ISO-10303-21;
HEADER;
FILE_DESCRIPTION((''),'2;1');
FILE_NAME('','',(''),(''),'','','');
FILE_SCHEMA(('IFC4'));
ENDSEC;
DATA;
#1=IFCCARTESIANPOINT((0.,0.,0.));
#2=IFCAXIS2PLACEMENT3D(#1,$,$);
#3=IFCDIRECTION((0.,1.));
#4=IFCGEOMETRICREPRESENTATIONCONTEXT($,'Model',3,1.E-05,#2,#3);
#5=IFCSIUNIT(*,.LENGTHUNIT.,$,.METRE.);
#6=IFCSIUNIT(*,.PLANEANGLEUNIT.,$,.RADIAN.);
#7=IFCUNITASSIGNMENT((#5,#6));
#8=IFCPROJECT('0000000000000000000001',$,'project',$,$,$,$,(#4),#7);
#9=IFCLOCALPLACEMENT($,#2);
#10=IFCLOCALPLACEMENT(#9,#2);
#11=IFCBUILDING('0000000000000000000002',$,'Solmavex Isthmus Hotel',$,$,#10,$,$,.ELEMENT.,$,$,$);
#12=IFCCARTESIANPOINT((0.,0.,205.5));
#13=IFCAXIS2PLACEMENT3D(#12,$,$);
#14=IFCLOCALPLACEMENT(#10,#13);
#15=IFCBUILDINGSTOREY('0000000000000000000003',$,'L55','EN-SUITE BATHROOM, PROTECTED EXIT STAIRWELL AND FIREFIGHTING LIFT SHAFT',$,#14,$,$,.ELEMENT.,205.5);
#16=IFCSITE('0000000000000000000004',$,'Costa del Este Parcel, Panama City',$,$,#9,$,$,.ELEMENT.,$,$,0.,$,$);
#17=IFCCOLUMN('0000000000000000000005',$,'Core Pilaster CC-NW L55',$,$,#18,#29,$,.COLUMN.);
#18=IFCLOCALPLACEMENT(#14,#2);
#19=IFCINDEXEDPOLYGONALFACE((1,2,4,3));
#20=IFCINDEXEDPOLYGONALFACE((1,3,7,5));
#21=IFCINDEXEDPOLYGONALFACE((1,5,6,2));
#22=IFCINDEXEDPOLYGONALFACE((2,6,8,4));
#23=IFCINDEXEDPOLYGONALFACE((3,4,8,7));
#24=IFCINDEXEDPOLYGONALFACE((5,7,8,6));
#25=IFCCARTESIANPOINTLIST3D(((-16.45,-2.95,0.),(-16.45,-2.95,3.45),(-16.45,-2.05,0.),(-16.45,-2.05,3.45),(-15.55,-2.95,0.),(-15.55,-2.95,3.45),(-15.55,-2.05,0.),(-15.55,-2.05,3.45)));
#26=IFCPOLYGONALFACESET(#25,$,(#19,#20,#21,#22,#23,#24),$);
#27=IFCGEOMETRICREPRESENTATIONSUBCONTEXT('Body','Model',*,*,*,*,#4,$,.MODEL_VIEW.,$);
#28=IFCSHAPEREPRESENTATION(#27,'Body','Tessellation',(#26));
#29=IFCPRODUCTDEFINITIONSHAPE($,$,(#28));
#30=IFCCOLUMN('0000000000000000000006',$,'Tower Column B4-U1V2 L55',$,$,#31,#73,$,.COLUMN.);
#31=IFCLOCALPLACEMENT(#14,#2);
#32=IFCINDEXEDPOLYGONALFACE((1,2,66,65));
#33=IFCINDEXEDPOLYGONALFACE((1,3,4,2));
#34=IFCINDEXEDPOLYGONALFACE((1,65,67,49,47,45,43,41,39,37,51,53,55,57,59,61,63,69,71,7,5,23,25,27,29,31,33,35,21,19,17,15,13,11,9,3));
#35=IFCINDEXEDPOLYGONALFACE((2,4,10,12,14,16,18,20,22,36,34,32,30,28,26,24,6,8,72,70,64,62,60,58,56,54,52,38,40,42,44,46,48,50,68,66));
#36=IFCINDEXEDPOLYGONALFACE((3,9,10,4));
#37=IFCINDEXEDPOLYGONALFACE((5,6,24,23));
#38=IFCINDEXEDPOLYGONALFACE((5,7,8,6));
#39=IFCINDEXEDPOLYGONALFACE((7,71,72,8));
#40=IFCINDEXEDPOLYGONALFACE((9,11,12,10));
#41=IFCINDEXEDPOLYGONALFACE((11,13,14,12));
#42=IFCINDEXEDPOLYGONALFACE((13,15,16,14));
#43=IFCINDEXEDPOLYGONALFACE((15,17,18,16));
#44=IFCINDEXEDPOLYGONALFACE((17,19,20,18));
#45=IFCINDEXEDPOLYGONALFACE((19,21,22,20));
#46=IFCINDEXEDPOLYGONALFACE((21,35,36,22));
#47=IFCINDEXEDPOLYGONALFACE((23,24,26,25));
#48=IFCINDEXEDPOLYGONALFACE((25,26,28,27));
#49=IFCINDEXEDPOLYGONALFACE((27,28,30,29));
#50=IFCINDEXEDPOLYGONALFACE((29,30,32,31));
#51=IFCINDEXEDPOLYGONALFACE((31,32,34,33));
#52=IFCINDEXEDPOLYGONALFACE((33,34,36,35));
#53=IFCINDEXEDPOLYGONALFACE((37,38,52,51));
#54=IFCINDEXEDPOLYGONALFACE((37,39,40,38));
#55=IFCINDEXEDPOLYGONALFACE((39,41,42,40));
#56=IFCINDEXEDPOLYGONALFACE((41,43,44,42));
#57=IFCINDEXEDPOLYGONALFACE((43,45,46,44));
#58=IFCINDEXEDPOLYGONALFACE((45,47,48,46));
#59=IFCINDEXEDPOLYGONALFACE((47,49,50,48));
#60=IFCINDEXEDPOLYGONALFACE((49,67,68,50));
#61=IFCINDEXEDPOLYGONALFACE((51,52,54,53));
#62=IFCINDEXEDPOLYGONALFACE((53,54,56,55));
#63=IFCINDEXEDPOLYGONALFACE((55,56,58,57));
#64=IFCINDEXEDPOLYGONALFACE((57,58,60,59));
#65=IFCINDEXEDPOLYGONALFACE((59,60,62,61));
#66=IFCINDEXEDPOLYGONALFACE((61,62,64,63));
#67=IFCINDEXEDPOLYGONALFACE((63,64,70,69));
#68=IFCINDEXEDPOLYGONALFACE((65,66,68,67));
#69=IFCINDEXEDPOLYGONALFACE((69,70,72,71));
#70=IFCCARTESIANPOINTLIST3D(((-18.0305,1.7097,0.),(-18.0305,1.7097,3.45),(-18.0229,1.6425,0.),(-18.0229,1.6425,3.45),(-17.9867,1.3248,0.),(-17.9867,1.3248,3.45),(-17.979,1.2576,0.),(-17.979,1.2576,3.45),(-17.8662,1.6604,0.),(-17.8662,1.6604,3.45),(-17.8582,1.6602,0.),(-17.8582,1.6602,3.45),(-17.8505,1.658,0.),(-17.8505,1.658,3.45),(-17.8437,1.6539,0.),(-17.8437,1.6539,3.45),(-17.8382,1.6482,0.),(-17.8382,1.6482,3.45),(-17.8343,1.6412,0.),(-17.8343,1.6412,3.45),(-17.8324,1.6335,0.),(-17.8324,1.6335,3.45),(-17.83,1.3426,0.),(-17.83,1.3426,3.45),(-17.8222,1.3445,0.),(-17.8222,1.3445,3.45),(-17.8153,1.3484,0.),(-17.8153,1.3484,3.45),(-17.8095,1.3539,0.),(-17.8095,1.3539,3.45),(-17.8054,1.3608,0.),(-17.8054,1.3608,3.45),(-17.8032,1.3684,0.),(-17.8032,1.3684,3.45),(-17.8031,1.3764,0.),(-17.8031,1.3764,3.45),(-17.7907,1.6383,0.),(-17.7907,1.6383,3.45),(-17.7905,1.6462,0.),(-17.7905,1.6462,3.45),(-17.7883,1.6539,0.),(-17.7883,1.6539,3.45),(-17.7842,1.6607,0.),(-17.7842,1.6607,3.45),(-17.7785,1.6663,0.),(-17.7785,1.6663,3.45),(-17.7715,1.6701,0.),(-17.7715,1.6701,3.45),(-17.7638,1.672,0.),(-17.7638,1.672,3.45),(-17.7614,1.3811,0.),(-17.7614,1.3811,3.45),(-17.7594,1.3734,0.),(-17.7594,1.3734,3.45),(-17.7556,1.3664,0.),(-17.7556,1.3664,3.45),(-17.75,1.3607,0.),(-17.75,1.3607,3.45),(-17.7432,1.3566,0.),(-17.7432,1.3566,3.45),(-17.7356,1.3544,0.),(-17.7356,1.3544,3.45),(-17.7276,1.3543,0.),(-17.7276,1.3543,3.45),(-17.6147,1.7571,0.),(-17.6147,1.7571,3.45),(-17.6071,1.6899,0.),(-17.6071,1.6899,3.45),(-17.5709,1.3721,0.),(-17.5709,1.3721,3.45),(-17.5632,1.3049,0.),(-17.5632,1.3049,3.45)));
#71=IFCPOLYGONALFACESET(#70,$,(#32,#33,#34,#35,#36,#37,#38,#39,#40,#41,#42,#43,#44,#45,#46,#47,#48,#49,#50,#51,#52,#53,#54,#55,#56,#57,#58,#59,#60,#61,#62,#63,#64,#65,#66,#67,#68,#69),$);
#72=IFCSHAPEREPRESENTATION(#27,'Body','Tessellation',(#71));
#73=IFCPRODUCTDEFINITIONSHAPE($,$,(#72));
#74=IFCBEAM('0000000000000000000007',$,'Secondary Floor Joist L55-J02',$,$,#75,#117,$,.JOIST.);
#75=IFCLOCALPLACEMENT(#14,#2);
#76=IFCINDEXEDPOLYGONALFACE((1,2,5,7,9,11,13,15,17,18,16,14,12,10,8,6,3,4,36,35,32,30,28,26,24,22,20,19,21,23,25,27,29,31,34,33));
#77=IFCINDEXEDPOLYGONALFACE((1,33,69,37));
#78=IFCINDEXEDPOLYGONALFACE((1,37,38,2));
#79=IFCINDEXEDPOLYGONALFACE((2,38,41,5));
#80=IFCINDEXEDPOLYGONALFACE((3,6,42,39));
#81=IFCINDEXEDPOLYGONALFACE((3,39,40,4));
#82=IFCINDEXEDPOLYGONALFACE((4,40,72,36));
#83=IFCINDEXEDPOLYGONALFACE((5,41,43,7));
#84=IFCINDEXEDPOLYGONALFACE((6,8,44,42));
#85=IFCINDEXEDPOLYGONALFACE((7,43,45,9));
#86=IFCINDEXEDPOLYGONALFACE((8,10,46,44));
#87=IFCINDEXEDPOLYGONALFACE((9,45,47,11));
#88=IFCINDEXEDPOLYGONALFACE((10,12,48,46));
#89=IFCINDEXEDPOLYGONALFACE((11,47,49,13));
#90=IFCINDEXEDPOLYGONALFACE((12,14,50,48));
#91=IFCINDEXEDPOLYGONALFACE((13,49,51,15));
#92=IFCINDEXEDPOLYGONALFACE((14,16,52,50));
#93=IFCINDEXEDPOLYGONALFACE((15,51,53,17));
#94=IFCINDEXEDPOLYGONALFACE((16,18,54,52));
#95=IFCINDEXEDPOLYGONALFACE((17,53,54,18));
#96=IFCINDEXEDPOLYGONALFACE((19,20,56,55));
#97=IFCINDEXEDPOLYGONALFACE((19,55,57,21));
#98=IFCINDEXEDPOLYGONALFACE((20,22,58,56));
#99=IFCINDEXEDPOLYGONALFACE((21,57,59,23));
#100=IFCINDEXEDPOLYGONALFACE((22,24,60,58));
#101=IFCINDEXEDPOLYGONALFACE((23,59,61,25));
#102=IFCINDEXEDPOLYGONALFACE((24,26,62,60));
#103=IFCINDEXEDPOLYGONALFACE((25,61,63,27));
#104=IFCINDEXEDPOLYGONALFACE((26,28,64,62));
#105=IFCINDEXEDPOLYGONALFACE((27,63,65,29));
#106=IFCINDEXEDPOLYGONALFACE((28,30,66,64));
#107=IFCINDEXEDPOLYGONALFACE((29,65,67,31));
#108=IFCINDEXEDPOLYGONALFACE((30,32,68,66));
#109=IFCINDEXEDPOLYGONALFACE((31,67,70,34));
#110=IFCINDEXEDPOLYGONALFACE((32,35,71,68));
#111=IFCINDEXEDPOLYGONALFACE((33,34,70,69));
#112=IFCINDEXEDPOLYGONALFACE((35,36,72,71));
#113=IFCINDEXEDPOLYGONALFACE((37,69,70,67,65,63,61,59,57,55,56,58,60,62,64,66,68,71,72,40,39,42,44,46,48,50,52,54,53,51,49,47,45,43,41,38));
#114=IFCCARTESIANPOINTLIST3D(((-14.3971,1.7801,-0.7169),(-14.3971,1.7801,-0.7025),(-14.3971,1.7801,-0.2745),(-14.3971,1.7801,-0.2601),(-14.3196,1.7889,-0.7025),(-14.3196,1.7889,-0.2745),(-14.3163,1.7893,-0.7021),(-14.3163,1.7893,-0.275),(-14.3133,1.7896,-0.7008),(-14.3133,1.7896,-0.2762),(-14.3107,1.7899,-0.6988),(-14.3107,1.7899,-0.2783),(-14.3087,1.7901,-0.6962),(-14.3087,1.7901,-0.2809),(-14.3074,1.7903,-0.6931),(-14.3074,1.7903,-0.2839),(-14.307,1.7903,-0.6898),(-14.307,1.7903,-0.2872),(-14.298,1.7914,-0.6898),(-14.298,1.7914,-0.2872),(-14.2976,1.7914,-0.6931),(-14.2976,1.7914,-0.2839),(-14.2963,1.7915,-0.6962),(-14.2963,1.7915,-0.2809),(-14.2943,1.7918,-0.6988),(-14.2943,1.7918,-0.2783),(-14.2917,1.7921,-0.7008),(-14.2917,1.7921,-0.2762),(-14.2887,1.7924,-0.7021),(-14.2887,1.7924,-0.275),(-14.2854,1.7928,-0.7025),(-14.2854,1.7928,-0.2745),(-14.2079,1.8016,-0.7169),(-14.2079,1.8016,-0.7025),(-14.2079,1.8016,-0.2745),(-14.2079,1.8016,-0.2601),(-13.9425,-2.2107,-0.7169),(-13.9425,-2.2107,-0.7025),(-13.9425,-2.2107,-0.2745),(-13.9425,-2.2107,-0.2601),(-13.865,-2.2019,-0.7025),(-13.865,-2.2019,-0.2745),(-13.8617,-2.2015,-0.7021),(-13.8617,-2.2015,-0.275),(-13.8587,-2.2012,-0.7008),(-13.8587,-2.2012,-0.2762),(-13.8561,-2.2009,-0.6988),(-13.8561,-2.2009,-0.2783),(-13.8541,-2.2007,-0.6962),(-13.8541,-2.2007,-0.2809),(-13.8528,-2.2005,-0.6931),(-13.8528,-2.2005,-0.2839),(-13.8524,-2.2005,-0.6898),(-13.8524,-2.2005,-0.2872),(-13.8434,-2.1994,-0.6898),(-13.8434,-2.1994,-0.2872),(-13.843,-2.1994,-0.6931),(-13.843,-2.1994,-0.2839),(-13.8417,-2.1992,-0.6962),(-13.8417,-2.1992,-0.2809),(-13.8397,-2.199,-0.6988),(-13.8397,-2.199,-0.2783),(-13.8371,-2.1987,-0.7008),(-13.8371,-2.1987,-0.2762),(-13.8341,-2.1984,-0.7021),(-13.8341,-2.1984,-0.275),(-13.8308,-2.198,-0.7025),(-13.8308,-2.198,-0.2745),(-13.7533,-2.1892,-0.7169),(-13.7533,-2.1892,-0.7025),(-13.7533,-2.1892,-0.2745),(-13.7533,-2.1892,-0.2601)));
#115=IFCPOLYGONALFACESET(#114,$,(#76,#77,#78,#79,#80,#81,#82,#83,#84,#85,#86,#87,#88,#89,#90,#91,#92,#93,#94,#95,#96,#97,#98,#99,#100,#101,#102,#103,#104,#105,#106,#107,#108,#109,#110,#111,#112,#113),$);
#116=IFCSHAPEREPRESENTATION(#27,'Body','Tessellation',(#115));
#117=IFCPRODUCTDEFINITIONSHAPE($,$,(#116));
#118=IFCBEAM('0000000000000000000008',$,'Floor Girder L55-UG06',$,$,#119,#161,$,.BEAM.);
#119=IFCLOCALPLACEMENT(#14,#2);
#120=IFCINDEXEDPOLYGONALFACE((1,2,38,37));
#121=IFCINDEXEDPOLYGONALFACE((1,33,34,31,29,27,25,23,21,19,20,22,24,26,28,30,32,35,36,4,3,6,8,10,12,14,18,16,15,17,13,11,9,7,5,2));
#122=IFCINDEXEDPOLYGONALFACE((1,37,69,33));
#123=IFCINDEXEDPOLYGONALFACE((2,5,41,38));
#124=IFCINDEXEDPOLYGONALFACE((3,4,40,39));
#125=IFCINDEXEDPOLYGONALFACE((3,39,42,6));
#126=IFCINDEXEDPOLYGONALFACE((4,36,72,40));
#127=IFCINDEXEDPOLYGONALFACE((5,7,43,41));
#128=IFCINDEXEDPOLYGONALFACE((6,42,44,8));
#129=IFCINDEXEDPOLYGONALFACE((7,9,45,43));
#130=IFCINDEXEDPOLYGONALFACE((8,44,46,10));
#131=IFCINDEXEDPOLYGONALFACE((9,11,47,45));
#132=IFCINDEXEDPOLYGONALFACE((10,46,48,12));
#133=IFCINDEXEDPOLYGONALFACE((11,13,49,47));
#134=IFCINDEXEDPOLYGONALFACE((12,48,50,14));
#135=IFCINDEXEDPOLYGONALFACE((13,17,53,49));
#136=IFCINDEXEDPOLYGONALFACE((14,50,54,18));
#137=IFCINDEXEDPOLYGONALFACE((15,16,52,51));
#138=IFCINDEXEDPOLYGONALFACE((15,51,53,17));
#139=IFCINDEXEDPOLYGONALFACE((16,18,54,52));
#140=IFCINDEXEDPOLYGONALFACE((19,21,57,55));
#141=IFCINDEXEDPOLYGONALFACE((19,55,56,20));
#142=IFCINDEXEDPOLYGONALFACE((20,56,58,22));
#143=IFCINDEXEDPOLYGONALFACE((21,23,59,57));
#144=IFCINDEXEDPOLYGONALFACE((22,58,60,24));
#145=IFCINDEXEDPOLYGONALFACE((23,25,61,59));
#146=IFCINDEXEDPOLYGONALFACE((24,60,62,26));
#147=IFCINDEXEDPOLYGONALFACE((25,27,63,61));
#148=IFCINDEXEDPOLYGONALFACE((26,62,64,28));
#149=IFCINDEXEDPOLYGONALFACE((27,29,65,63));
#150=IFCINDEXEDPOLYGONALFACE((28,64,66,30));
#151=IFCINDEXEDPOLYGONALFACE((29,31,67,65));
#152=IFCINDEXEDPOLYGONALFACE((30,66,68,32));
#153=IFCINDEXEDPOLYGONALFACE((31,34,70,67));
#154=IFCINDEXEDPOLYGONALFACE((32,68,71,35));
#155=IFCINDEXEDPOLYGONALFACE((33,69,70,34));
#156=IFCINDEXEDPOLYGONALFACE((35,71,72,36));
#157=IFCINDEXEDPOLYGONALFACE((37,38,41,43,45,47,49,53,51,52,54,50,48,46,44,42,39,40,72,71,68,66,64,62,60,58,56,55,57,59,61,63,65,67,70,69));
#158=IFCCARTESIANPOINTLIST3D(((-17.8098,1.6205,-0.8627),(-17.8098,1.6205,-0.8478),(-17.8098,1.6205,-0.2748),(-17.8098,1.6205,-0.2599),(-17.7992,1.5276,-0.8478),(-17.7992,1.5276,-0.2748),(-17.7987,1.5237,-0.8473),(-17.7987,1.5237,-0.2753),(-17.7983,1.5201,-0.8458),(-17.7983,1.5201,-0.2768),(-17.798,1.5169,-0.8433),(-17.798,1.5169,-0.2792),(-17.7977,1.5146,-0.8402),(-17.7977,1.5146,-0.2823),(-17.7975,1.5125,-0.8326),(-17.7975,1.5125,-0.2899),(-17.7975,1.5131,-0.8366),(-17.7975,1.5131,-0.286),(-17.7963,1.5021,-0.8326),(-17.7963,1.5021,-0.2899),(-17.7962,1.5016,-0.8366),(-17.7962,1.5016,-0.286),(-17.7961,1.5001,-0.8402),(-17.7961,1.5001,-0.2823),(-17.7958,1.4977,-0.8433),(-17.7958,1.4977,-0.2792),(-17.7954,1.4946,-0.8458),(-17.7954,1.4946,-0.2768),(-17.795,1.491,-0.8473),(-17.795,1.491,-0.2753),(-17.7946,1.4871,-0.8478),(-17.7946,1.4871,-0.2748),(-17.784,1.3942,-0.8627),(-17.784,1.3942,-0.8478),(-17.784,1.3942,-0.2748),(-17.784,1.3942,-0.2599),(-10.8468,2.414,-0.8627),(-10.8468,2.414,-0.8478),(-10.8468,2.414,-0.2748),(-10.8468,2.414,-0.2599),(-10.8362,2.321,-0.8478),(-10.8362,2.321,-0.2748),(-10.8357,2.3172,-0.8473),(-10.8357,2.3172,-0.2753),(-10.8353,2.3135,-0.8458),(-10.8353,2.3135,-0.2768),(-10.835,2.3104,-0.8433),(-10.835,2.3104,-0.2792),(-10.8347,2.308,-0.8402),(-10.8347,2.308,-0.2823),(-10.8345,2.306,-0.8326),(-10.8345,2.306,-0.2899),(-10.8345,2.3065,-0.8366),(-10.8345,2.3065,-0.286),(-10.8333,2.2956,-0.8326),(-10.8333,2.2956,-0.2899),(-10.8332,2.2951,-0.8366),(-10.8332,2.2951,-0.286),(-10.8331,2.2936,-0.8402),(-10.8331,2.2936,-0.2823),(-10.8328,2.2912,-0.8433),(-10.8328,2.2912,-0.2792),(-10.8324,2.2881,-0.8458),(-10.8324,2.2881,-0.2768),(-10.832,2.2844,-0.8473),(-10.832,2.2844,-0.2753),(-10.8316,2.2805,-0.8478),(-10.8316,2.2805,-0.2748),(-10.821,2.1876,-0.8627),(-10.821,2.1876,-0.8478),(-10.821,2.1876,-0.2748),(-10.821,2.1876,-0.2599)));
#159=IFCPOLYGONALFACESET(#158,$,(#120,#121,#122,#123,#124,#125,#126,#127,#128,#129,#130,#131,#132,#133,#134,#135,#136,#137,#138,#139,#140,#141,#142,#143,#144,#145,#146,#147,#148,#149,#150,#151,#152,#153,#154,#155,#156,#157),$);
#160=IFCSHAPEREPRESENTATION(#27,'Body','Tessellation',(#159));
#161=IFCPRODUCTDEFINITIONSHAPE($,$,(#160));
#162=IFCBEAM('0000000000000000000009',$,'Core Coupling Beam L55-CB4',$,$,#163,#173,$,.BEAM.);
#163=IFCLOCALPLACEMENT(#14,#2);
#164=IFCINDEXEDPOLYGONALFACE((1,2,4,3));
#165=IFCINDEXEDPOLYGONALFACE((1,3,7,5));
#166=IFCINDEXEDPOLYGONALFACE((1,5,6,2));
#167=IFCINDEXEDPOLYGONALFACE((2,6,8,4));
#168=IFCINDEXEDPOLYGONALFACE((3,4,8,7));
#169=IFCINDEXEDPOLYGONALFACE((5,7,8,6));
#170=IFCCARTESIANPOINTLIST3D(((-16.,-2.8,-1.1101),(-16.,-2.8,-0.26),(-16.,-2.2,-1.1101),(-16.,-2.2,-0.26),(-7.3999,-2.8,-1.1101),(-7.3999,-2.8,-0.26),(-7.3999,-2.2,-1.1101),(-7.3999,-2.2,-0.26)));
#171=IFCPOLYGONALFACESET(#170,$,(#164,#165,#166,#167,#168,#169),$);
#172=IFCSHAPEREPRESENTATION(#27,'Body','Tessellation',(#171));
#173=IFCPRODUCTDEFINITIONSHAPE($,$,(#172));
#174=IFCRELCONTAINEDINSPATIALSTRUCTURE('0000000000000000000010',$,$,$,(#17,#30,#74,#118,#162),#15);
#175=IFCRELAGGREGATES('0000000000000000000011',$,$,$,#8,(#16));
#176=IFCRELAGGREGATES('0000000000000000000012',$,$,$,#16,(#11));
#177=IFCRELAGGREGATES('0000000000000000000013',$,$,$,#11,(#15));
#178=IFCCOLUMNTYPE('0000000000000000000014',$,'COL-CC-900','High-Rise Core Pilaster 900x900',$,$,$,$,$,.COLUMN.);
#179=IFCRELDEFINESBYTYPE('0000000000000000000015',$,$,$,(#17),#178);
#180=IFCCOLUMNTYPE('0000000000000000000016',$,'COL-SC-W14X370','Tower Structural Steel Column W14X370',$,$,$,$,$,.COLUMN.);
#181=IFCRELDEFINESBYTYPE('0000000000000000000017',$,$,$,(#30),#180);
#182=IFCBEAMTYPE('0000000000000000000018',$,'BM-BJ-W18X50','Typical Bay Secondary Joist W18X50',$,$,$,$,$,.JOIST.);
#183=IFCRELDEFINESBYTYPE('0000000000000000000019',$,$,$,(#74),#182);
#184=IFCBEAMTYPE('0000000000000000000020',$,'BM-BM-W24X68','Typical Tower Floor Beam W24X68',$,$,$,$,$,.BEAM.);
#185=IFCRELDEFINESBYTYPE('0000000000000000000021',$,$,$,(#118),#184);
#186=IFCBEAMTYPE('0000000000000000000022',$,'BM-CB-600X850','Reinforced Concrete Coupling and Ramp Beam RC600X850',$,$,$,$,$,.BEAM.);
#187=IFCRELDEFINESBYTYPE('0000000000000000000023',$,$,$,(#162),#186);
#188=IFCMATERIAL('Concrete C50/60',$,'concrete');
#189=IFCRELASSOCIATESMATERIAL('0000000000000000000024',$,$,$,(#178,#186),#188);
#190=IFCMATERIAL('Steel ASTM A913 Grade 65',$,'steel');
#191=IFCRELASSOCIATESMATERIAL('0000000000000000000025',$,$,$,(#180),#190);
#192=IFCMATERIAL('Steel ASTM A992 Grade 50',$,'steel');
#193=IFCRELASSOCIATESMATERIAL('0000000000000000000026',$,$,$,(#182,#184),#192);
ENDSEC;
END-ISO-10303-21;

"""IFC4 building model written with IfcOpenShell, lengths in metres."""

from ifc_helpers import new_model, si_unit, direction, frame, origin, origin_2d, place, context, subcontext, project, spatial, rectangle, i_section, extrude, material, material_profile, profile_set, type_object, element, save


model = new_model("IFC4")

# Units and contexts
model_context = context("Model", 3, precision=1e-05, world=origin(), true_north=direction((0.0, 1.0)))
body_context = subcontext(model_context, "Body", "Model", "MODEL_VIEW")
ifc_project = project(units=[si_unit("LENGTHUNIT", "METRE"), si_unit("PLANEANGLEUNIT", "RADIAN")], contexts=[model_context])

# Site, building, storey
site_placement = place(None, origin())
site = spatial("IfcSite", under=ifc_project, at=site_placement, Name="Costa del Este Parcel, Panama City", CompositionType="ELEMENT", RefElevation=0.0)
building_placement = place(site_placement, origin())
building = spatial("IfcBuilding", under=site, at=building_placement, Name="Solmavex Isthmus Hotel", CompositionType="ELEMENT")
storey_placement = place(building_placement, frame((0.0, 0.0, 205.5)))
storey = spatial("IfcBuildingStorey", under=building, at=storey_placement, Name="L55", Description="EN-SUITE BATHROOM, PROTECTED EXIT STAIRWELL AND FIREFIGHTING LIFT SHAFT", CompositionType="ELEMENT", Elevation=205.5)

# Columns
ifc_material_1 = material(Name="Concrete C50/60", Category="concrete")
ifc_material_profile_1 = material_profile(ifc_material_1, rectangle(XDim=0.8999, YDim=0.8999, at=origin_2d()), Name="RC900X900")
ifc_profile_set_1 = profile_set([ifc_material_profile_1], Name="Concrete C50/60")
column_type_1 = type_object("IfcColumnType", Name="COL-CC-900", Description="High-Rise Core Pilaster 900x900", PredefinedType="COLUMN", material=ifc_profile_set_1)
column_1_placement = place(storey_placement, frame((-16.0, -2.5, 0.0), z_axis=(0.0, 0.0, 1.0), x_axis=(1.0, 0.0, 0.0)))
element("IfcColumn", 1, at=column_1_placement, inside=storey, type_object=column_type_1, Name="Core Pilaster CC-NW L55", PredefinedType="COLUMN", context=body_context, shape_type="SweptSolid", body=[
    extrude(rectangle(XDim=0.8999, YDim=0.8999, at=origin_2d()), origin(), (0.0, 0.0, 1.0), 3.45),
])
ifc_material_2 = material(Name="Steel ASTM A913 Grade 65", Category="steel")
ifc_material_profile_2 = material_profile(ifc_material_2, i_section(OverallWidth=0.4185, OverallDepth=0.4551, WebThickness=0.042, FlangeThickness=0.0676, FilletRadius=0.0305, at=origin_2d()), Name="W14X370")
ifc_profile_set_2 = profile_set([ifc_material_profile_2], Name="Steel ASTM A913 Grade 65")
column_type_2 = type_object("IfcColumnType", Name="COL-SC-W14X370", Description="Tower Structural Steel Column W14X370", PredefinedType="COLUMN", material=ifc_profile_set_2)
column_2_placement = place(storey_placement, frame((-17.7969, 1.5073, 0.0), z_axis=(0.0, 0.0, 1.0), x_axis=(0.993572, 0.113203, 0.0)))
element("IfcColumn", 2, at=column_2_placement, inside=storey, type_object=column_type_2, Name="Tower Column B4-U1V2 L55", PredefinedType="COLUMN", context=body_context, shape_type="SweptSolid", body=[
    extrude(i_section(OverallWidth=0.4185, OverallDepth=0.4551, WebThickness=0.042, FlangeThickness=0.0676, FilletRadius=0.0305, at=origin_2d()), origin(), (0.0, 0.0, 1.0), 3.45),
])

# Beams
ifc_material_3 = material(Name="Steel ASTM A992 Grade 50", Category="steel")
ifc_material_profile_3 = material_profile(ifc_material_3, i_section(OverallWidth=0.1904, OverallDepth=0.4568, WebThickness=0.009, FlangeThickness=0.0144, FilletRadius=0.0127, at=origin_2d()), Name="W18X50")
ifc_profile_set_3 = profile_set([ifc_material_profile_3], Name="Steel ASTM A992 Grade 50")
beam_type_1 = type_object("IfcBeamType", Name="BM-BJ-W18X50", Description="Typical Bay Secondary Joist W18X50", PredefinedType="JOIST", material=ifc_profile_set_3)
beam_1_placement = place(storey_placement, frame((-13.8479, -2.2, -0.4885), z_axis=(-0.11318, 0.993575, 0.0), x_axis=(-0.993575, -0.11318, 0.0)))
element("IfcBeam", 3, at=beam_1_placement, inside=storey, type_object=beam_type_1, Name="Secondary Floor Joist L55-J02", PredefinedType="JOIST", context=body_context, shape_type="SweptSolid", body=[
    extrude(i_section(OverallWidth=0.1904, OverallDepth=0.4568, WebThickness=0.009, FlangeThickness=0.0144, FilletRadius=0.0127, at=origin_2d()), origin(), (0.0, 0.0, 1.0), 4.0166),
])
ifc_material_profile_4 = material_profile(ifc_material_3, i_section(OverallWidth=0.2278, OverallDepth=0.6028, WebThickness=0.0105, FlangeThickness=0.0149, FilletRadius=0.0151, at=origin_2d()), Name="W24X68")
ifc_profile_set_4 = profile_set([ifc_material_profile_4], Name="Steel ASTM A992 Grade 50")
beam_type_2 = type_object("IfcBeamType", Name="BM-BM-W24X68", Description="Typical Tower Floor Beam W24X68", PredefinedType="BEAM", material=ifc_profile_set_4)
beam_2_placement = place(storey_placement, frame((-17.7969, 1.5073, -0.5613), z_axis=(0.99357, 0.113222, 0.0), x_axis=(-0.113222, 0.99357, 0.0)))
element("IfcBeam", 4, at=beam_2_placement, inside=storey, type_object=beam_type_2, Name="Floor Girder L55-UG06", PredefinedType="BEAM", context=body_context, shape_type="SweptSolid", body=[
    extrude(i_section(OverallWidth=0.2278, OverallDepth=0.6028, WebThickness=0.0105, FlangeThickness=0.0149, FilletRadius=0.0151, at=origin_2d()), origin(), (0.0, 0.0, 1.0), 7.0081),
])
ifc_material_profile_5 = material_profile(ifc_material_1, rectangle(XDim=0.6001, YDim=0.8501, at=origin_2d()), Name="RC600X850")
ifc_profile_set_5 = profile_set([ifc_material_profile_5], Name="Concrete C50/60")
beam_type_3 = type_object("IfcBeamType", Name="BM-CB-600X850", Description="Reinforced Concrete Coupling and Ramp Beam RC600X850", PredefinedType="BEAM", material=ifc_profile_set_5)
beam_3_placement = place(storey_placement, frame((-16.0, -2.5, -0.6851), z_axis=(1.0, 0.0, 0.0), x_axis=(0.0, 1.0, 0.0)))
element("IfcBeam", 5, at=beam_3_placement, inside=storey, type_object=beam_type_3, Name="Core Coupling Beam L55-CB4", PredefinedType="BEAM", context=body_context, shape_type="SweptSolid", body=[
    extrude(rectangle(XDim=0.6001, YDim=0.8501, at=origin_2d()), origin(), (0.0, 0.0, 1.0), 8.6001),
])

save(model, "model.ifc")
